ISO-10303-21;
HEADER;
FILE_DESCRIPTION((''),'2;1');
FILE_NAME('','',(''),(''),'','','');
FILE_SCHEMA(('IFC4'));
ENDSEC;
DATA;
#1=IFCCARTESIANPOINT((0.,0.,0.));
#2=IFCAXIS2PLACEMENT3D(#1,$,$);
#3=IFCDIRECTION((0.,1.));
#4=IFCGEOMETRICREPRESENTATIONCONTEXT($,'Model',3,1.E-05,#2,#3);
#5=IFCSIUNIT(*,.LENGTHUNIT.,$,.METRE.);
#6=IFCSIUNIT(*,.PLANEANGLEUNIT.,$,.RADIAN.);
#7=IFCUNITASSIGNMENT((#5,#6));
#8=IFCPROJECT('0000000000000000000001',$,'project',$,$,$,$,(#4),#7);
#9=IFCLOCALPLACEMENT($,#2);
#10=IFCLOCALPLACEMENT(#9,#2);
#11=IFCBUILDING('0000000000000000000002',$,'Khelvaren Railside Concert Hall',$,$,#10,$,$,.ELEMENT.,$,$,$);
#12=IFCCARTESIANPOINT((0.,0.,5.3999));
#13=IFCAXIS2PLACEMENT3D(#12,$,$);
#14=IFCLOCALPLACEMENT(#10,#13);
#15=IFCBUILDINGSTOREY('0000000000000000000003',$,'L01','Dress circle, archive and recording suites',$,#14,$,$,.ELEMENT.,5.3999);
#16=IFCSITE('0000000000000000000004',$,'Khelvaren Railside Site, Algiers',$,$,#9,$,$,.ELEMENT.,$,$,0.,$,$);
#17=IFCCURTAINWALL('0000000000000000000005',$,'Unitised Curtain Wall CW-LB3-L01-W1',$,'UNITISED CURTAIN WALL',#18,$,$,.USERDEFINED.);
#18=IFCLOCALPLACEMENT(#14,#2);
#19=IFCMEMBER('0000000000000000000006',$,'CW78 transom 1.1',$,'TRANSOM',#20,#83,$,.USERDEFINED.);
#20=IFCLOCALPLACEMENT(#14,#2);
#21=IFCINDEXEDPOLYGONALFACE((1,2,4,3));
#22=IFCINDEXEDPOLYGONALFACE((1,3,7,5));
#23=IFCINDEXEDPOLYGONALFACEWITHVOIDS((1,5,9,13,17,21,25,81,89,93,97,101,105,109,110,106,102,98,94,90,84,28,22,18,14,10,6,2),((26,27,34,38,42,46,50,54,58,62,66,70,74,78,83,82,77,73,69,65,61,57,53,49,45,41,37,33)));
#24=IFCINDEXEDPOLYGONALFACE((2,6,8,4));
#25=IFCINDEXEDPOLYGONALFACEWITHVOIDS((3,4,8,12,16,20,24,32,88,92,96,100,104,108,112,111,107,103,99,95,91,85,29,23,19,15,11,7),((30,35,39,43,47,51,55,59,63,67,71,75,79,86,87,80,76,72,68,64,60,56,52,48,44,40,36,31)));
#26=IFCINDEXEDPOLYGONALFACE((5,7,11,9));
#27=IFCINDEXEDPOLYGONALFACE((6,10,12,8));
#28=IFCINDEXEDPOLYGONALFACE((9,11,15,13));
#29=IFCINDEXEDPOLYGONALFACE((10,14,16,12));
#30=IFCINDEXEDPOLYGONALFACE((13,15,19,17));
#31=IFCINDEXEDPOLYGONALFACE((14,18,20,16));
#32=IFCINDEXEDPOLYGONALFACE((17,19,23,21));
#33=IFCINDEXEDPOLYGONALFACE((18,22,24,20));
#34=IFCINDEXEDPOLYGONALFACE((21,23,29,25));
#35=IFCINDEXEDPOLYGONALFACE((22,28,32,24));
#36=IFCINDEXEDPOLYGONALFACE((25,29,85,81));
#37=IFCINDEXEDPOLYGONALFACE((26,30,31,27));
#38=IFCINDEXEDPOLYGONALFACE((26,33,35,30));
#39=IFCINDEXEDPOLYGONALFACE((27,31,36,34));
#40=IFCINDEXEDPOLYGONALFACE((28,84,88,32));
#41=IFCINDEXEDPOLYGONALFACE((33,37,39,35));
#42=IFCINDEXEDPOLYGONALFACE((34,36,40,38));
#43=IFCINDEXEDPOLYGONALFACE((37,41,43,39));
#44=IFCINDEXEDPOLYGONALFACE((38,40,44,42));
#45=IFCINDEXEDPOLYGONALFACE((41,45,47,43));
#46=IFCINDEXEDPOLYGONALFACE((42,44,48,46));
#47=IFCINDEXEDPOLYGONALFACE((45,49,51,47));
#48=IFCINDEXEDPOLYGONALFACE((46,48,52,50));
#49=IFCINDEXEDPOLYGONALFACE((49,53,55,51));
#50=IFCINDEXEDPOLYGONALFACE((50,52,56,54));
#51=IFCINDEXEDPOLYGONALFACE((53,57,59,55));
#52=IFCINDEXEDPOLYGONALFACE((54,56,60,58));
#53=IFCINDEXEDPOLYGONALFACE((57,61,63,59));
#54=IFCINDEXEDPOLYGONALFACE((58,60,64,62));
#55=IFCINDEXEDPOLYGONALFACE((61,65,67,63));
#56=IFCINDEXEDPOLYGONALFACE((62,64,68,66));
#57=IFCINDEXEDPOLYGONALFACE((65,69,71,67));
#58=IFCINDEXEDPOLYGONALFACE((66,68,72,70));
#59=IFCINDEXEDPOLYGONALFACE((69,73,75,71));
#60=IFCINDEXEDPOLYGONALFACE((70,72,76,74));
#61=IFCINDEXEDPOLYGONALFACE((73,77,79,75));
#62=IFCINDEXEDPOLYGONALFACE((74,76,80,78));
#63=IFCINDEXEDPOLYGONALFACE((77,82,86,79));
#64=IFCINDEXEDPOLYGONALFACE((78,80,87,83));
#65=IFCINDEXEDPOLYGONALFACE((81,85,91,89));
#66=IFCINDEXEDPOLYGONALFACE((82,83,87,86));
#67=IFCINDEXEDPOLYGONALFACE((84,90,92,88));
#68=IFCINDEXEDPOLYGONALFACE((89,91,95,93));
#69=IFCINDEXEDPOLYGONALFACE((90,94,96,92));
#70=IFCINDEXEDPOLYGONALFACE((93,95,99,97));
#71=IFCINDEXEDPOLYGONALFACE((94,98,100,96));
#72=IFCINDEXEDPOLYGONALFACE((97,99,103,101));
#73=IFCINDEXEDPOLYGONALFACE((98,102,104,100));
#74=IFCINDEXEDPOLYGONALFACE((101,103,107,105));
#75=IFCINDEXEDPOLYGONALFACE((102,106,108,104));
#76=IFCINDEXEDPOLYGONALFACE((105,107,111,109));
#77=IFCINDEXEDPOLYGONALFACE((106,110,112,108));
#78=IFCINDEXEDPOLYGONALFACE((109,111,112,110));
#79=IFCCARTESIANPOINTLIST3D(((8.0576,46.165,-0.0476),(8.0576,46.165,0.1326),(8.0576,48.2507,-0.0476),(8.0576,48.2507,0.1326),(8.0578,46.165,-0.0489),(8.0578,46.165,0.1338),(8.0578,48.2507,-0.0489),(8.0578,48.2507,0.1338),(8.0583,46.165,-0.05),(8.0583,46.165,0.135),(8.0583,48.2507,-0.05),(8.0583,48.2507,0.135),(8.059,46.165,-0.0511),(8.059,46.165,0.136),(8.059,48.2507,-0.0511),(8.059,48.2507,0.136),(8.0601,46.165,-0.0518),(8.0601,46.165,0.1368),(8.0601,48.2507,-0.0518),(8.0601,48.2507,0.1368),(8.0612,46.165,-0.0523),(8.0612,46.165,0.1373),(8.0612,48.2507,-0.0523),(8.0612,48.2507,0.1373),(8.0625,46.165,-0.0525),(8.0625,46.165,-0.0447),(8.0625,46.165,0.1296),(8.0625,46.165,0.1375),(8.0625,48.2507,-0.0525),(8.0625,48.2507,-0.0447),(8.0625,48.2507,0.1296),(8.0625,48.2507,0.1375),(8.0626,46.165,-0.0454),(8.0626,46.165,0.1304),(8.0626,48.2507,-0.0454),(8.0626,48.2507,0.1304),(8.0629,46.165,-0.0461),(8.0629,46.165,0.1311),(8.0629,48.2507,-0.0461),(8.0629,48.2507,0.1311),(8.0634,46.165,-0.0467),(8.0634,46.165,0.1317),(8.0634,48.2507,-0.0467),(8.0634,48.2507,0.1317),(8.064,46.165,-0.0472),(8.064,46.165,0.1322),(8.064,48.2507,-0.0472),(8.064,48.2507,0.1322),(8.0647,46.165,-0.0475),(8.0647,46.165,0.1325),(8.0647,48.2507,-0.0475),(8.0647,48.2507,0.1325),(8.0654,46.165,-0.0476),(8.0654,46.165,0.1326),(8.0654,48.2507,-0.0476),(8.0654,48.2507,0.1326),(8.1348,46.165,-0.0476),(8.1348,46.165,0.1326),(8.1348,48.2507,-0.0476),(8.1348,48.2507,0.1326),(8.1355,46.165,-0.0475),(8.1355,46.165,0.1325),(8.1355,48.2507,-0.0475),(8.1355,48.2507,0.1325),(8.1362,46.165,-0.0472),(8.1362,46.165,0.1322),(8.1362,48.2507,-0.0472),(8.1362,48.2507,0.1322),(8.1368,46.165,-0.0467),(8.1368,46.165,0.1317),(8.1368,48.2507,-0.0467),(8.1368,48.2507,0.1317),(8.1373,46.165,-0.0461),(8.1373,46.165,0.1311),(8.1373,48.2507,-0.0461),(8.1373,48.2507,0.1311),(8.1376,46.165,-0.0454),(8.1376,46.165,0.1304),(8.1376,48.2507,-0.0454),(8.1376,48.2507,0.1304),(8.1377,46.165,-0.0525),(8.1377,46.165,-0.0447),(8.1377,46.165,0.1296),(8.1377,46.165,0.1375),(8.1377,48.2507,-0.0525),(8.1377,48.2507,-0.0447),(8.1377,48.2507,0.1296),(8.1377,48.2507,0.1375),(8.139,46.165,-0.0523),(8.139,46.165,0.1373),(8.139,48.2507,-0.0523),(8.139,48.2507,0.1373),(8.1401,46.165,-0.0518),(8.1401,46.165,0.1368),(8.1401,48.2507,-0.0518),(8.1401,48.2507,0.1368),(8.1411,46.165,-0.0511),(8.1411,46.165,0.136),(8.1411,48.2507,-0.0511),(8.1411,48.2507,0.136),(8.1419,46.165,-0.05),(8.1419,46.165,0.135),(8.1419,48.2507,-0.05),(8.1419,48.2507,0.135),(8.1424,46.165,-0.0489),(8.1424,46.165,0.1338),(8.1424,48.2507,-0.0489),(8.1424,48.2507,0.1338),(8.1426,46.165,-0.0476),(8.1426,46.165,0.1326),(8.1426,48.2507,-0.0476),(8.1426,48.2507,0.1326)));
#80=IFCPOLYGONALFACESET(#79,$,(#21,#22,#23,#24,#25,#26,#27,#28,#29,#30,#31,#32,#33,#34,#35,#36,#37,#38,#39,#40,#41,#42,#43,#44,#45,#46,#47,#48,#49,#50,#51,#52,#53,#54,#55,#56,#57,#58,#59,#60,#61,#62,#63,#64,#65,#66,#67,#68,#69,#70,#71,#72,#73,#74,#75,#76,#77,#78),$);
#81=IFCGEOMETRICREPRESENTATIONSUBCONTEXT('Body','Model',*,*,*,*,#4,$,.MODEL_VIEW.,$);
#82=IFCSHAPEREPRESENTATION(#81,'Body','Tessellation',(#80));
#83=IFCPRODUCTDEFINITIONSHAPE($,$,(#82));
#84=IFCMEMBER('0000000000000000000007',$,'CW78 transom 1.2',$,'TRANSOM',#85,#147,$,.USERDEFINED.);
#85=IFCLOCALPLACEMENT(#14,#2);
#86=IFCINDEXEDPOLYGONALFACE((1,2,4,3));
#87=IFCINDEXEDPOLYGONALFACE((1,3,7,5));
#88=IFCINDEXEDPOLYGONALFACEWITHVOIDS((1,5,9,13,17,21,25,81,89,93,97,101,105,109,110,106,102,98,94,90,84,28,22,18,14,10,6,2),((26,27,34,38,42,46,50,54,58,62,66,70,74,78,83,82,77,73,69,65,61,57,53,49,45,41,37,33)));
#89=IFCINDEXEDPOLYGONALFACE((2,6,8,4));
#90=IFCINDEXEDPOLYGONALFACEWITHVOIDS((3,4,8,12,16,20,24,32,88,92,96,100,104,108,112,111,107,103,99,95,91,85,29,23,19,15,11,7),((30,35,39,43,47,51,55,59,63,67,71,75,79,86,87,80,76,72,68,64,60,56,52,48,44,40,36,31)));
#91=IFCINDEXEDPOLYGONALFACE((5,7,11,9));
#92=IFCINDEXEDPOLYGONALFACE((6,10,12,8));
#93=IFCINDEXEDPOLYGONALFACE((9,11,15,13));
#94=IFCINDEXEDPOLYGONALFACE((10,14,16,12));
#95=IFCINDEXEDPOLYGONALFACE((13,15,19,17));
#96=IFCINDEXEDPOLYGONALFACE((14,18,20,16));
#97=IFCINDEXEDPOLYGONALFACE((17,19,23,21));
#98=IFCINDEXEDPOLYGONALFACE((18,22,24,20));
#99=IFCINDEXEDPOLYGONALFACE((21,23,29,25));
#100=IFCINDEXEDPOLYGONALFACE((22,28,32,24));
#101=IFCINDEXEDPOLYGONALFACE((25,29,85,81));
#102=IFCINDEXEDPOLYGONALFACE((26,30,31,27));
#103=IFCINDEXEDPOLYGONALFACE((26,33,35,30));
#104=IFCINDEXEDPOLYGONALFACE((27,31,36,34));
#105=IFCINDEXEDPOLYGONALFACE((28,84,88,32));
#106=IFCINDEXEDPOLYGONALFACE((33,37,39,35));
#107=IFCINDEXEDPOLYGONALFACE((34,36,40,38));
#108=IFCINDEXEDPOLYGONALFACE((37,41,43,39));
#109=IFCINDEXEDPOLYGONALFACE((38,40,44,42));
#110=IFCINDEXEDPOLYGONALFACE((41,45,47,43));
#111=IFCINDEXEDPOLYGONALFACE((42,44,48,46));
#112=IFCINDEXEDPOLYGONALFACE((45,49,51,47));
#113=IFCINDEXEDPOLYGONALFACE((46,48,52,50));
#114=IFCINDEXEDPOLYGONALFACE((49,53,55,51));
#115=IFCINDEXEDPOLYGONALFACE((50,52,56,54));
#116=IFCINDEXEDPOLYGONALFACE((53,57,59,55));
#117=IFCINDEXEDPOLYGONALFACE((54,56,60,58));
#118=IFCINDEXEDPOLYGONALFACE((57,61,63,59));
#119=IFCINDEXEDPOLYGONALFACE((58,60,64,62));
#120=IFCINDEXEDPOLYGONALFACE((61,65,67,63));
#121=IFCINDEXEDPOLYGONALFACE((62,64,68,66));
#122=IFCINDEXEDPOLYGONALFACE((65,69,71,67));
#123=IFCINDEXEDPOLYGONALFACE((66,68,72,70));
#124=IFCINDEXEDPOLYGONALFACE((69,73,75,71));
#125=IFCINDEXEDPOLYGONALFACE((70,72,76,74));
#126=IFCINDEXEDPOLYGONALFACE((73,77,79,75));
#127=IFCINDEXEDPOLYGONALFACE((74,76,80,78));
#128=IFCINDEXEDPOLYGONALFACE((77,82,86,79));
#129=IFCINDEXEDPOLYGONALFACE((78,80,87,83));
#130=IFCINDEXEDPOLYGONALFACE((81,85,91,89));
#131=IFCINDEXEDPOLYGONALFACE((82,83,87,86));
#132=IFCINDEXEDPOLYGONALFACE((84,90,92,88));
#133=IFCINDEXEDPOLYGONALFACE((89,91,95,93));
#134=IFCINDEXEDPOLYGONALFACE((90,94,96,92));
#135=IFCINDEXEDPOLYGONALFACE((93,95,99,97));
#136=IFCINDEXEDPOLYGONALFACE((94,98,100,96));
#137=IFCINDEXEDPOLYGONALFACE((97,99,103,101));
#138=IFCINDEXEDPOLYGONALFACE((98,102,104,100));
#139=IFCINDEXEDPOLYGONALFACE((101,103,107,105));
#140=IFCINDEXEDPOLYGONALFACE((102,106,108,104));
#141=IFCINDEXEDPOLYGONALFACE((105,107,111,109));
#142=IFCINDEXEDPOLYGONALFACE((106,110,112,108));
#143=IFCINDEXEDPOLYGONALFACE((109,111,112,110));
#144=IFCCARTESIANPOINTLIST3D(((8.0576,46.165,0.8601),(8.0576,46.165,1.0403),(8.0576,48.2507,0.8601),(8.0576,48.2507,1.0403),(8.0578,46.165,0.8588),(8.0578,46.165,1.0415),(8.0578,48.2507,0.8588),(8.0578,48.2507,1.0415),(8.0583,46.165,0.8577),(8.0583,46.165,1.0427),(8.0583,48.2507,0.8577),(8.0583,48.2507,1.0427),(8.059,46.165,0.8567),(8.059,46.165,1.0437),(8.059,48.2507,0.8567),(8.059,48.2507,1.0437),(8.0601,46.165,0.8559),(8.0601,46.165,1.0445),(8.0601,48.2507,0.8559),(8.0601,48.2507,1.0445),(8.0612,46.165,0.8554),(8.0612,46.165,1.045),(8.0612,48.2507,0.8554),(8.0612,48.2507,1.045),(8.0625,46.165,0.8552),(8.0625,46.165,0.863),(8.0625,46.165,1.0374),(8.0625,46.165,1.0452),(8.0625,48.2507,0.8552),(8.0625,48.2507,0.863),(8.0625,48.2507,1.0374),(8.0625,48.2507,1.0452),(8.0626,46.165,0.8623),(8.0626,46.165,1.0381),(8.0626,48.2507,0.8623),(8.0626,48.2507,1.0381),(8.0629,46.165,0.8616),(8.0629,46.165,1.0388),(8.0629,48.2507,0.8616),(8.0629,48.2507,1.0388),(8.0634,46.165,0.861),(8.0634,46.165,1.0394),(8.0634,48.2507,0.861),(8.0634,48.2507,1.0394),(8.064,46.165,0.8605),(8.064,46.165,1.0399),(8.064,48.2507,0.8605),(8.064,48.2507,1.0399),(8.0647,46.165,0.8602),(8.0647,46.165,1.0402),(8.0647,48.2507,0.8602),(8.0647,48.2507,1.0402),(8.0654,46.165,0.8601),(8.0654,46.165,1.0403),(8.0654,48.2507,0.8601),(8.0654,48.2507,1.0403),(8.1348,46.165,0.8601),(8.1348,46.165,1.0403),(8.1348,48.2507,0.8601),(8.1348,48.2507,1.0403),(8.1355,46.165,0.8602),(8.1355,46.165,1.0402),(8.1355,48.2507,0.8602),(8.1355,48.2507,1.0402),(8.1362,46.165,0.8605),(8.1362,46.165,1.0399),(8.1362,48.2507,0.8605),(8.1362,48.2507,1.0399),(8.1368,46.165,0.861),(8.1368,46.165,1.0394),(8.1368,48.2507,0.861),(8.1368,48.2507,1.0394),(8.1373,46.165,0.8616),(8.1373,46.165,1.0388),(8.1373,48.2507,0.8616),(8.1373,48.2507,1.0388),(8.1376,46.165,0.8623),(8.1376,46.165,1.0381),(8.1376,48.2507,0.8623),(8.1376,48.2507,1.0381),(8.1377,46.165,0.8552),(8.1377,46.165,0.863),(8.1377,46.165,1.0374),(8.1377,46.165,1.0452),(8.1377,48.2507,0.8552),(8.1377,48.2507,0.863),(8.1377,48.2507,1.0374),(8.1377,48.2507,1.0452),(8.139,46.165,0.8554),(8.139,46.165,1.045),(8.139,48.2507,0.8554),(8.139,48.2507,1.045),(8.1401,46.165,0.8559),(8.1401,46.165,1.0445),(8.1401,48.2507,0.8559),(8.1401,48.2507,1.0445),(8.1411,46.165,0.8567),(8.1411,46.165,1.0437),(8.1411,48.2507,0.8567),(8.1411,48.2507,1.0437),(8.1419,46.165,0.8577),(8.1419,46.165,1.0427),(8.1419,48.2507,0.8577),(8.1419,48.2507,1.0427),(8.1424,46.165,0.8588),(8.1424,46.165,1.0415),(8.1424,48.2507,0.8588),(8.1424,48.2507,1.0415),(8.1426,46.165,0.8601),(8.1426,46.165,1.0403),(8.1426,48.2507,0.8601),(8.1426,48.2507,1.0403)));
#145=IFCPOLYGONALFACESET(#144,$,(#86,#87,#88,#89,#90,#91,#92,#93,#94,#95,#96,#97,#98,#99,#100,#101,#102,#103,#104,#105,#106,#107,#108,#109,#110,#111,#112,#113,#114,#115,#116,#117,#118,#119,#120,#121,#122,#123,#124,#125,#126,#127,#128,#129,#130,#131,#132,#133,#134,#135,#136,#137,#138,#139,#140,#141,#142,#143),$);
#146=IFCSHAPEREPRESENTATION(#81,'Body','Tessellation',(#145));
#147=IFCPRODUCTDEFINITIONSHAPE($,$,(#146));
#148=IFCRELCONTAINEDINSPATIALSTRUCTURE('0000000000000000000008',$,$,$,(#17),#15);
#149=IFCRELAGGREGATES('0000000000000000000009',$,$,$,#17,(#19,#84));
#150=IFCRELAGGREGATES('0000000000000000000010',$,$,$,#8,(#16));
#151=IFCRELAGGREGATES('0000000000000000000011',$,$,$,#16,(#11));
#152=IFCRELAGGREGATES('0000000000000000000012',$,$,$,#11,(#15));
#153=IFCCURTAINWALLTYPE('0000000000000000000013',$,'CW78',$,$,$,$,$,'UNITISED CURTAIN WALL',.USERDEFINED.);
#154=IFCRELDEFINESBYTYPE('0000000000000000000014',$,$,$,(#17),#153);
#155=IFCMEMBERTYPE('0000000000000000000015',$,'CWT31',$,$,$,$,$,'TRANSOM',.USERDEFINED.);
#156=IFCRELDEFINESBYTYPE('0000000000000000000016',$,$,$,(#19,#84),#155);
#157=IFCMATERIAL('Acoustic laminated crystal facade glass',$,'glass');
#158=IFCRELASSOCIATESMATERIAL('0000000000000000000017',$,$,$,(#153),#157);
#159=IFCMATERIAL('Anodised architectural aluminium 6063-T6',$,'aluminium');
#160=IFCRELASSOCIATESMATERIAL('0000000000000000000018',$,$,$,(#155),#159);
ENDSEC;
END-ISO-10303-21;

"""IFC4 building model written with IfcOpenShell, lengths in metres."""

from ifc_helpers import new_model, si_unit, direction, frame, origin, origin_2d, place, context, subcontext, project, spatial, hollow_rectangle, extrude, material, material_profile, profile_set, type_object, element, aggregate, save


model = new_model("IFC4")

# Units and contexts
model_context = context("Model", 3, precision=1e-05, world=origin(), true_north=direction((0.0, 1.0)))
body_context = subcontext(model_context, "Body", "Model", "MODEL_VIEW")
ifc_project = project(units=[si_unit("LENGTHUNIT", "METRE"), si_unit("PLANEANGLEUNIT", "RADIAN")], contexts=[model_context])

# Site, building, storey
site_placement = place(None, origin())
site = spatial("IfcSite", under=ifc_project, at=site_placement, Name="Khelvaren Railside Site, Algiers", CompositionType="ELEMENT", RefElevation=0.0)
building_placement = place(site_placement, origin())
building = spatial("IfcBuilding", under=site, at=building_placement, Name="Khelvaren Railside Concert Hall", CompositionType="ELEMENT")
storey_placement = place(building_placement, frame((0.0, 0.0, 5.3999)))
storey = spatial("IfcBuildingStorey", under=building, at=storey_placement, Name="L01", Description="Dress circle, archive and recording suites", CompositionType="ELEMENT", Elevation=5.3999)

# Curtain wall
ifc_material_1 = material(Name="Acoustic laminated crystal facade glass", Category="glass")
curtain_wall_type = type_object("IfcCurtainWallType", Name="CW78", ElementType="UNITISED CURTAIN WALL", PredefinedType="USERDEFINED", material=ifc_material_1)
curtain_wall_1_placement = place(storey_placement, origin())
curtain_wall_1 = element("IfcCurtainWall", 1, at=curtain_wall_1_placement, inside=storey, type_object=curtain_wall_type, Name="Unitised Curtain Wall CW-LB3-L01-W1", ObjectType="UNITISED CURTAIN WALL", PredefinedType="USERDEFINED")
ifc_material_2 = material(Name="Anodised architectural aluminium 6063-T6", Category="aluminium")

# Members
ifc_material_profile_1 = material_profile(ifc_material_2, hollow_rectangle(XDim=0.085, YDim=0.1899, WallThickness=0.0049, InnerFilletRadius=0.0029, OuterFilletRadius=0.0049, at=origin_2d()), Name="CWT 85x190x5")
ifc_profile_set_1 = profile_set([ifc_material_profile_1], Name="Anodised architectural aluminium 6063-T6")
member_type_1 = type_object("IfcMemberType", Name="CWT31", ElementType="TRANSOM", PredefinedType="USERDEFINED", material=ifc_profile_set_1)
member_1_placement = place(storey_placement, frame((8.1001, 46.165, 0.0425), z_axis=(0.0, 1.0, 0.0), x_axis=(-1.0, 0.0, 0.0)))
member_1 = element("IfcMember", 2, at=member_1_placement, type_object=member_type_1, Name="CW78 transom 1.1", ObjectType="TRANSOM", PredefinedType="USERDEFINED", context=body_context, shape_type="SweptSolid", body=[
    extrude(hollow_rectangle(XDim=0.085, YDim=0.1899, WallThickness=0.0049, InnerFilletRadius=0.0029, OuterFilletRadius=0.0049, at=origin_2d()), origin(), (0.0, 0.0, 1.0), 2.0857),
])
member_2_placement = place(storey_placement, frame((8.1001, 46.165, 0.9502), z_axis=(0.0, 1.0, 0.0), x_axis=(-1.0, 0.0, 0.0)))
member_2 = element("IfcMember", 3, at=member_2_placement, type_object=member_type_1, Name="CW78 transom 1.2", ObjectType="TRANSOM", PredefinedType="USERDEFINED", context=body_context, shape_type="SweptSolid", body=[
    extrude(hollow_rectangle(XDim=0.085, YDim=0.1899, WallThickness=0.0049, InnerFilletRadius=0.0029, OuterFilletRadius=0.0049, at=origin_2d()), origin(), (0.0, 0.0, 1.0), 2.0857),
])

aggregate(curtain_wall_1, [member_1, member_2])

save(model, "model.ifc")
